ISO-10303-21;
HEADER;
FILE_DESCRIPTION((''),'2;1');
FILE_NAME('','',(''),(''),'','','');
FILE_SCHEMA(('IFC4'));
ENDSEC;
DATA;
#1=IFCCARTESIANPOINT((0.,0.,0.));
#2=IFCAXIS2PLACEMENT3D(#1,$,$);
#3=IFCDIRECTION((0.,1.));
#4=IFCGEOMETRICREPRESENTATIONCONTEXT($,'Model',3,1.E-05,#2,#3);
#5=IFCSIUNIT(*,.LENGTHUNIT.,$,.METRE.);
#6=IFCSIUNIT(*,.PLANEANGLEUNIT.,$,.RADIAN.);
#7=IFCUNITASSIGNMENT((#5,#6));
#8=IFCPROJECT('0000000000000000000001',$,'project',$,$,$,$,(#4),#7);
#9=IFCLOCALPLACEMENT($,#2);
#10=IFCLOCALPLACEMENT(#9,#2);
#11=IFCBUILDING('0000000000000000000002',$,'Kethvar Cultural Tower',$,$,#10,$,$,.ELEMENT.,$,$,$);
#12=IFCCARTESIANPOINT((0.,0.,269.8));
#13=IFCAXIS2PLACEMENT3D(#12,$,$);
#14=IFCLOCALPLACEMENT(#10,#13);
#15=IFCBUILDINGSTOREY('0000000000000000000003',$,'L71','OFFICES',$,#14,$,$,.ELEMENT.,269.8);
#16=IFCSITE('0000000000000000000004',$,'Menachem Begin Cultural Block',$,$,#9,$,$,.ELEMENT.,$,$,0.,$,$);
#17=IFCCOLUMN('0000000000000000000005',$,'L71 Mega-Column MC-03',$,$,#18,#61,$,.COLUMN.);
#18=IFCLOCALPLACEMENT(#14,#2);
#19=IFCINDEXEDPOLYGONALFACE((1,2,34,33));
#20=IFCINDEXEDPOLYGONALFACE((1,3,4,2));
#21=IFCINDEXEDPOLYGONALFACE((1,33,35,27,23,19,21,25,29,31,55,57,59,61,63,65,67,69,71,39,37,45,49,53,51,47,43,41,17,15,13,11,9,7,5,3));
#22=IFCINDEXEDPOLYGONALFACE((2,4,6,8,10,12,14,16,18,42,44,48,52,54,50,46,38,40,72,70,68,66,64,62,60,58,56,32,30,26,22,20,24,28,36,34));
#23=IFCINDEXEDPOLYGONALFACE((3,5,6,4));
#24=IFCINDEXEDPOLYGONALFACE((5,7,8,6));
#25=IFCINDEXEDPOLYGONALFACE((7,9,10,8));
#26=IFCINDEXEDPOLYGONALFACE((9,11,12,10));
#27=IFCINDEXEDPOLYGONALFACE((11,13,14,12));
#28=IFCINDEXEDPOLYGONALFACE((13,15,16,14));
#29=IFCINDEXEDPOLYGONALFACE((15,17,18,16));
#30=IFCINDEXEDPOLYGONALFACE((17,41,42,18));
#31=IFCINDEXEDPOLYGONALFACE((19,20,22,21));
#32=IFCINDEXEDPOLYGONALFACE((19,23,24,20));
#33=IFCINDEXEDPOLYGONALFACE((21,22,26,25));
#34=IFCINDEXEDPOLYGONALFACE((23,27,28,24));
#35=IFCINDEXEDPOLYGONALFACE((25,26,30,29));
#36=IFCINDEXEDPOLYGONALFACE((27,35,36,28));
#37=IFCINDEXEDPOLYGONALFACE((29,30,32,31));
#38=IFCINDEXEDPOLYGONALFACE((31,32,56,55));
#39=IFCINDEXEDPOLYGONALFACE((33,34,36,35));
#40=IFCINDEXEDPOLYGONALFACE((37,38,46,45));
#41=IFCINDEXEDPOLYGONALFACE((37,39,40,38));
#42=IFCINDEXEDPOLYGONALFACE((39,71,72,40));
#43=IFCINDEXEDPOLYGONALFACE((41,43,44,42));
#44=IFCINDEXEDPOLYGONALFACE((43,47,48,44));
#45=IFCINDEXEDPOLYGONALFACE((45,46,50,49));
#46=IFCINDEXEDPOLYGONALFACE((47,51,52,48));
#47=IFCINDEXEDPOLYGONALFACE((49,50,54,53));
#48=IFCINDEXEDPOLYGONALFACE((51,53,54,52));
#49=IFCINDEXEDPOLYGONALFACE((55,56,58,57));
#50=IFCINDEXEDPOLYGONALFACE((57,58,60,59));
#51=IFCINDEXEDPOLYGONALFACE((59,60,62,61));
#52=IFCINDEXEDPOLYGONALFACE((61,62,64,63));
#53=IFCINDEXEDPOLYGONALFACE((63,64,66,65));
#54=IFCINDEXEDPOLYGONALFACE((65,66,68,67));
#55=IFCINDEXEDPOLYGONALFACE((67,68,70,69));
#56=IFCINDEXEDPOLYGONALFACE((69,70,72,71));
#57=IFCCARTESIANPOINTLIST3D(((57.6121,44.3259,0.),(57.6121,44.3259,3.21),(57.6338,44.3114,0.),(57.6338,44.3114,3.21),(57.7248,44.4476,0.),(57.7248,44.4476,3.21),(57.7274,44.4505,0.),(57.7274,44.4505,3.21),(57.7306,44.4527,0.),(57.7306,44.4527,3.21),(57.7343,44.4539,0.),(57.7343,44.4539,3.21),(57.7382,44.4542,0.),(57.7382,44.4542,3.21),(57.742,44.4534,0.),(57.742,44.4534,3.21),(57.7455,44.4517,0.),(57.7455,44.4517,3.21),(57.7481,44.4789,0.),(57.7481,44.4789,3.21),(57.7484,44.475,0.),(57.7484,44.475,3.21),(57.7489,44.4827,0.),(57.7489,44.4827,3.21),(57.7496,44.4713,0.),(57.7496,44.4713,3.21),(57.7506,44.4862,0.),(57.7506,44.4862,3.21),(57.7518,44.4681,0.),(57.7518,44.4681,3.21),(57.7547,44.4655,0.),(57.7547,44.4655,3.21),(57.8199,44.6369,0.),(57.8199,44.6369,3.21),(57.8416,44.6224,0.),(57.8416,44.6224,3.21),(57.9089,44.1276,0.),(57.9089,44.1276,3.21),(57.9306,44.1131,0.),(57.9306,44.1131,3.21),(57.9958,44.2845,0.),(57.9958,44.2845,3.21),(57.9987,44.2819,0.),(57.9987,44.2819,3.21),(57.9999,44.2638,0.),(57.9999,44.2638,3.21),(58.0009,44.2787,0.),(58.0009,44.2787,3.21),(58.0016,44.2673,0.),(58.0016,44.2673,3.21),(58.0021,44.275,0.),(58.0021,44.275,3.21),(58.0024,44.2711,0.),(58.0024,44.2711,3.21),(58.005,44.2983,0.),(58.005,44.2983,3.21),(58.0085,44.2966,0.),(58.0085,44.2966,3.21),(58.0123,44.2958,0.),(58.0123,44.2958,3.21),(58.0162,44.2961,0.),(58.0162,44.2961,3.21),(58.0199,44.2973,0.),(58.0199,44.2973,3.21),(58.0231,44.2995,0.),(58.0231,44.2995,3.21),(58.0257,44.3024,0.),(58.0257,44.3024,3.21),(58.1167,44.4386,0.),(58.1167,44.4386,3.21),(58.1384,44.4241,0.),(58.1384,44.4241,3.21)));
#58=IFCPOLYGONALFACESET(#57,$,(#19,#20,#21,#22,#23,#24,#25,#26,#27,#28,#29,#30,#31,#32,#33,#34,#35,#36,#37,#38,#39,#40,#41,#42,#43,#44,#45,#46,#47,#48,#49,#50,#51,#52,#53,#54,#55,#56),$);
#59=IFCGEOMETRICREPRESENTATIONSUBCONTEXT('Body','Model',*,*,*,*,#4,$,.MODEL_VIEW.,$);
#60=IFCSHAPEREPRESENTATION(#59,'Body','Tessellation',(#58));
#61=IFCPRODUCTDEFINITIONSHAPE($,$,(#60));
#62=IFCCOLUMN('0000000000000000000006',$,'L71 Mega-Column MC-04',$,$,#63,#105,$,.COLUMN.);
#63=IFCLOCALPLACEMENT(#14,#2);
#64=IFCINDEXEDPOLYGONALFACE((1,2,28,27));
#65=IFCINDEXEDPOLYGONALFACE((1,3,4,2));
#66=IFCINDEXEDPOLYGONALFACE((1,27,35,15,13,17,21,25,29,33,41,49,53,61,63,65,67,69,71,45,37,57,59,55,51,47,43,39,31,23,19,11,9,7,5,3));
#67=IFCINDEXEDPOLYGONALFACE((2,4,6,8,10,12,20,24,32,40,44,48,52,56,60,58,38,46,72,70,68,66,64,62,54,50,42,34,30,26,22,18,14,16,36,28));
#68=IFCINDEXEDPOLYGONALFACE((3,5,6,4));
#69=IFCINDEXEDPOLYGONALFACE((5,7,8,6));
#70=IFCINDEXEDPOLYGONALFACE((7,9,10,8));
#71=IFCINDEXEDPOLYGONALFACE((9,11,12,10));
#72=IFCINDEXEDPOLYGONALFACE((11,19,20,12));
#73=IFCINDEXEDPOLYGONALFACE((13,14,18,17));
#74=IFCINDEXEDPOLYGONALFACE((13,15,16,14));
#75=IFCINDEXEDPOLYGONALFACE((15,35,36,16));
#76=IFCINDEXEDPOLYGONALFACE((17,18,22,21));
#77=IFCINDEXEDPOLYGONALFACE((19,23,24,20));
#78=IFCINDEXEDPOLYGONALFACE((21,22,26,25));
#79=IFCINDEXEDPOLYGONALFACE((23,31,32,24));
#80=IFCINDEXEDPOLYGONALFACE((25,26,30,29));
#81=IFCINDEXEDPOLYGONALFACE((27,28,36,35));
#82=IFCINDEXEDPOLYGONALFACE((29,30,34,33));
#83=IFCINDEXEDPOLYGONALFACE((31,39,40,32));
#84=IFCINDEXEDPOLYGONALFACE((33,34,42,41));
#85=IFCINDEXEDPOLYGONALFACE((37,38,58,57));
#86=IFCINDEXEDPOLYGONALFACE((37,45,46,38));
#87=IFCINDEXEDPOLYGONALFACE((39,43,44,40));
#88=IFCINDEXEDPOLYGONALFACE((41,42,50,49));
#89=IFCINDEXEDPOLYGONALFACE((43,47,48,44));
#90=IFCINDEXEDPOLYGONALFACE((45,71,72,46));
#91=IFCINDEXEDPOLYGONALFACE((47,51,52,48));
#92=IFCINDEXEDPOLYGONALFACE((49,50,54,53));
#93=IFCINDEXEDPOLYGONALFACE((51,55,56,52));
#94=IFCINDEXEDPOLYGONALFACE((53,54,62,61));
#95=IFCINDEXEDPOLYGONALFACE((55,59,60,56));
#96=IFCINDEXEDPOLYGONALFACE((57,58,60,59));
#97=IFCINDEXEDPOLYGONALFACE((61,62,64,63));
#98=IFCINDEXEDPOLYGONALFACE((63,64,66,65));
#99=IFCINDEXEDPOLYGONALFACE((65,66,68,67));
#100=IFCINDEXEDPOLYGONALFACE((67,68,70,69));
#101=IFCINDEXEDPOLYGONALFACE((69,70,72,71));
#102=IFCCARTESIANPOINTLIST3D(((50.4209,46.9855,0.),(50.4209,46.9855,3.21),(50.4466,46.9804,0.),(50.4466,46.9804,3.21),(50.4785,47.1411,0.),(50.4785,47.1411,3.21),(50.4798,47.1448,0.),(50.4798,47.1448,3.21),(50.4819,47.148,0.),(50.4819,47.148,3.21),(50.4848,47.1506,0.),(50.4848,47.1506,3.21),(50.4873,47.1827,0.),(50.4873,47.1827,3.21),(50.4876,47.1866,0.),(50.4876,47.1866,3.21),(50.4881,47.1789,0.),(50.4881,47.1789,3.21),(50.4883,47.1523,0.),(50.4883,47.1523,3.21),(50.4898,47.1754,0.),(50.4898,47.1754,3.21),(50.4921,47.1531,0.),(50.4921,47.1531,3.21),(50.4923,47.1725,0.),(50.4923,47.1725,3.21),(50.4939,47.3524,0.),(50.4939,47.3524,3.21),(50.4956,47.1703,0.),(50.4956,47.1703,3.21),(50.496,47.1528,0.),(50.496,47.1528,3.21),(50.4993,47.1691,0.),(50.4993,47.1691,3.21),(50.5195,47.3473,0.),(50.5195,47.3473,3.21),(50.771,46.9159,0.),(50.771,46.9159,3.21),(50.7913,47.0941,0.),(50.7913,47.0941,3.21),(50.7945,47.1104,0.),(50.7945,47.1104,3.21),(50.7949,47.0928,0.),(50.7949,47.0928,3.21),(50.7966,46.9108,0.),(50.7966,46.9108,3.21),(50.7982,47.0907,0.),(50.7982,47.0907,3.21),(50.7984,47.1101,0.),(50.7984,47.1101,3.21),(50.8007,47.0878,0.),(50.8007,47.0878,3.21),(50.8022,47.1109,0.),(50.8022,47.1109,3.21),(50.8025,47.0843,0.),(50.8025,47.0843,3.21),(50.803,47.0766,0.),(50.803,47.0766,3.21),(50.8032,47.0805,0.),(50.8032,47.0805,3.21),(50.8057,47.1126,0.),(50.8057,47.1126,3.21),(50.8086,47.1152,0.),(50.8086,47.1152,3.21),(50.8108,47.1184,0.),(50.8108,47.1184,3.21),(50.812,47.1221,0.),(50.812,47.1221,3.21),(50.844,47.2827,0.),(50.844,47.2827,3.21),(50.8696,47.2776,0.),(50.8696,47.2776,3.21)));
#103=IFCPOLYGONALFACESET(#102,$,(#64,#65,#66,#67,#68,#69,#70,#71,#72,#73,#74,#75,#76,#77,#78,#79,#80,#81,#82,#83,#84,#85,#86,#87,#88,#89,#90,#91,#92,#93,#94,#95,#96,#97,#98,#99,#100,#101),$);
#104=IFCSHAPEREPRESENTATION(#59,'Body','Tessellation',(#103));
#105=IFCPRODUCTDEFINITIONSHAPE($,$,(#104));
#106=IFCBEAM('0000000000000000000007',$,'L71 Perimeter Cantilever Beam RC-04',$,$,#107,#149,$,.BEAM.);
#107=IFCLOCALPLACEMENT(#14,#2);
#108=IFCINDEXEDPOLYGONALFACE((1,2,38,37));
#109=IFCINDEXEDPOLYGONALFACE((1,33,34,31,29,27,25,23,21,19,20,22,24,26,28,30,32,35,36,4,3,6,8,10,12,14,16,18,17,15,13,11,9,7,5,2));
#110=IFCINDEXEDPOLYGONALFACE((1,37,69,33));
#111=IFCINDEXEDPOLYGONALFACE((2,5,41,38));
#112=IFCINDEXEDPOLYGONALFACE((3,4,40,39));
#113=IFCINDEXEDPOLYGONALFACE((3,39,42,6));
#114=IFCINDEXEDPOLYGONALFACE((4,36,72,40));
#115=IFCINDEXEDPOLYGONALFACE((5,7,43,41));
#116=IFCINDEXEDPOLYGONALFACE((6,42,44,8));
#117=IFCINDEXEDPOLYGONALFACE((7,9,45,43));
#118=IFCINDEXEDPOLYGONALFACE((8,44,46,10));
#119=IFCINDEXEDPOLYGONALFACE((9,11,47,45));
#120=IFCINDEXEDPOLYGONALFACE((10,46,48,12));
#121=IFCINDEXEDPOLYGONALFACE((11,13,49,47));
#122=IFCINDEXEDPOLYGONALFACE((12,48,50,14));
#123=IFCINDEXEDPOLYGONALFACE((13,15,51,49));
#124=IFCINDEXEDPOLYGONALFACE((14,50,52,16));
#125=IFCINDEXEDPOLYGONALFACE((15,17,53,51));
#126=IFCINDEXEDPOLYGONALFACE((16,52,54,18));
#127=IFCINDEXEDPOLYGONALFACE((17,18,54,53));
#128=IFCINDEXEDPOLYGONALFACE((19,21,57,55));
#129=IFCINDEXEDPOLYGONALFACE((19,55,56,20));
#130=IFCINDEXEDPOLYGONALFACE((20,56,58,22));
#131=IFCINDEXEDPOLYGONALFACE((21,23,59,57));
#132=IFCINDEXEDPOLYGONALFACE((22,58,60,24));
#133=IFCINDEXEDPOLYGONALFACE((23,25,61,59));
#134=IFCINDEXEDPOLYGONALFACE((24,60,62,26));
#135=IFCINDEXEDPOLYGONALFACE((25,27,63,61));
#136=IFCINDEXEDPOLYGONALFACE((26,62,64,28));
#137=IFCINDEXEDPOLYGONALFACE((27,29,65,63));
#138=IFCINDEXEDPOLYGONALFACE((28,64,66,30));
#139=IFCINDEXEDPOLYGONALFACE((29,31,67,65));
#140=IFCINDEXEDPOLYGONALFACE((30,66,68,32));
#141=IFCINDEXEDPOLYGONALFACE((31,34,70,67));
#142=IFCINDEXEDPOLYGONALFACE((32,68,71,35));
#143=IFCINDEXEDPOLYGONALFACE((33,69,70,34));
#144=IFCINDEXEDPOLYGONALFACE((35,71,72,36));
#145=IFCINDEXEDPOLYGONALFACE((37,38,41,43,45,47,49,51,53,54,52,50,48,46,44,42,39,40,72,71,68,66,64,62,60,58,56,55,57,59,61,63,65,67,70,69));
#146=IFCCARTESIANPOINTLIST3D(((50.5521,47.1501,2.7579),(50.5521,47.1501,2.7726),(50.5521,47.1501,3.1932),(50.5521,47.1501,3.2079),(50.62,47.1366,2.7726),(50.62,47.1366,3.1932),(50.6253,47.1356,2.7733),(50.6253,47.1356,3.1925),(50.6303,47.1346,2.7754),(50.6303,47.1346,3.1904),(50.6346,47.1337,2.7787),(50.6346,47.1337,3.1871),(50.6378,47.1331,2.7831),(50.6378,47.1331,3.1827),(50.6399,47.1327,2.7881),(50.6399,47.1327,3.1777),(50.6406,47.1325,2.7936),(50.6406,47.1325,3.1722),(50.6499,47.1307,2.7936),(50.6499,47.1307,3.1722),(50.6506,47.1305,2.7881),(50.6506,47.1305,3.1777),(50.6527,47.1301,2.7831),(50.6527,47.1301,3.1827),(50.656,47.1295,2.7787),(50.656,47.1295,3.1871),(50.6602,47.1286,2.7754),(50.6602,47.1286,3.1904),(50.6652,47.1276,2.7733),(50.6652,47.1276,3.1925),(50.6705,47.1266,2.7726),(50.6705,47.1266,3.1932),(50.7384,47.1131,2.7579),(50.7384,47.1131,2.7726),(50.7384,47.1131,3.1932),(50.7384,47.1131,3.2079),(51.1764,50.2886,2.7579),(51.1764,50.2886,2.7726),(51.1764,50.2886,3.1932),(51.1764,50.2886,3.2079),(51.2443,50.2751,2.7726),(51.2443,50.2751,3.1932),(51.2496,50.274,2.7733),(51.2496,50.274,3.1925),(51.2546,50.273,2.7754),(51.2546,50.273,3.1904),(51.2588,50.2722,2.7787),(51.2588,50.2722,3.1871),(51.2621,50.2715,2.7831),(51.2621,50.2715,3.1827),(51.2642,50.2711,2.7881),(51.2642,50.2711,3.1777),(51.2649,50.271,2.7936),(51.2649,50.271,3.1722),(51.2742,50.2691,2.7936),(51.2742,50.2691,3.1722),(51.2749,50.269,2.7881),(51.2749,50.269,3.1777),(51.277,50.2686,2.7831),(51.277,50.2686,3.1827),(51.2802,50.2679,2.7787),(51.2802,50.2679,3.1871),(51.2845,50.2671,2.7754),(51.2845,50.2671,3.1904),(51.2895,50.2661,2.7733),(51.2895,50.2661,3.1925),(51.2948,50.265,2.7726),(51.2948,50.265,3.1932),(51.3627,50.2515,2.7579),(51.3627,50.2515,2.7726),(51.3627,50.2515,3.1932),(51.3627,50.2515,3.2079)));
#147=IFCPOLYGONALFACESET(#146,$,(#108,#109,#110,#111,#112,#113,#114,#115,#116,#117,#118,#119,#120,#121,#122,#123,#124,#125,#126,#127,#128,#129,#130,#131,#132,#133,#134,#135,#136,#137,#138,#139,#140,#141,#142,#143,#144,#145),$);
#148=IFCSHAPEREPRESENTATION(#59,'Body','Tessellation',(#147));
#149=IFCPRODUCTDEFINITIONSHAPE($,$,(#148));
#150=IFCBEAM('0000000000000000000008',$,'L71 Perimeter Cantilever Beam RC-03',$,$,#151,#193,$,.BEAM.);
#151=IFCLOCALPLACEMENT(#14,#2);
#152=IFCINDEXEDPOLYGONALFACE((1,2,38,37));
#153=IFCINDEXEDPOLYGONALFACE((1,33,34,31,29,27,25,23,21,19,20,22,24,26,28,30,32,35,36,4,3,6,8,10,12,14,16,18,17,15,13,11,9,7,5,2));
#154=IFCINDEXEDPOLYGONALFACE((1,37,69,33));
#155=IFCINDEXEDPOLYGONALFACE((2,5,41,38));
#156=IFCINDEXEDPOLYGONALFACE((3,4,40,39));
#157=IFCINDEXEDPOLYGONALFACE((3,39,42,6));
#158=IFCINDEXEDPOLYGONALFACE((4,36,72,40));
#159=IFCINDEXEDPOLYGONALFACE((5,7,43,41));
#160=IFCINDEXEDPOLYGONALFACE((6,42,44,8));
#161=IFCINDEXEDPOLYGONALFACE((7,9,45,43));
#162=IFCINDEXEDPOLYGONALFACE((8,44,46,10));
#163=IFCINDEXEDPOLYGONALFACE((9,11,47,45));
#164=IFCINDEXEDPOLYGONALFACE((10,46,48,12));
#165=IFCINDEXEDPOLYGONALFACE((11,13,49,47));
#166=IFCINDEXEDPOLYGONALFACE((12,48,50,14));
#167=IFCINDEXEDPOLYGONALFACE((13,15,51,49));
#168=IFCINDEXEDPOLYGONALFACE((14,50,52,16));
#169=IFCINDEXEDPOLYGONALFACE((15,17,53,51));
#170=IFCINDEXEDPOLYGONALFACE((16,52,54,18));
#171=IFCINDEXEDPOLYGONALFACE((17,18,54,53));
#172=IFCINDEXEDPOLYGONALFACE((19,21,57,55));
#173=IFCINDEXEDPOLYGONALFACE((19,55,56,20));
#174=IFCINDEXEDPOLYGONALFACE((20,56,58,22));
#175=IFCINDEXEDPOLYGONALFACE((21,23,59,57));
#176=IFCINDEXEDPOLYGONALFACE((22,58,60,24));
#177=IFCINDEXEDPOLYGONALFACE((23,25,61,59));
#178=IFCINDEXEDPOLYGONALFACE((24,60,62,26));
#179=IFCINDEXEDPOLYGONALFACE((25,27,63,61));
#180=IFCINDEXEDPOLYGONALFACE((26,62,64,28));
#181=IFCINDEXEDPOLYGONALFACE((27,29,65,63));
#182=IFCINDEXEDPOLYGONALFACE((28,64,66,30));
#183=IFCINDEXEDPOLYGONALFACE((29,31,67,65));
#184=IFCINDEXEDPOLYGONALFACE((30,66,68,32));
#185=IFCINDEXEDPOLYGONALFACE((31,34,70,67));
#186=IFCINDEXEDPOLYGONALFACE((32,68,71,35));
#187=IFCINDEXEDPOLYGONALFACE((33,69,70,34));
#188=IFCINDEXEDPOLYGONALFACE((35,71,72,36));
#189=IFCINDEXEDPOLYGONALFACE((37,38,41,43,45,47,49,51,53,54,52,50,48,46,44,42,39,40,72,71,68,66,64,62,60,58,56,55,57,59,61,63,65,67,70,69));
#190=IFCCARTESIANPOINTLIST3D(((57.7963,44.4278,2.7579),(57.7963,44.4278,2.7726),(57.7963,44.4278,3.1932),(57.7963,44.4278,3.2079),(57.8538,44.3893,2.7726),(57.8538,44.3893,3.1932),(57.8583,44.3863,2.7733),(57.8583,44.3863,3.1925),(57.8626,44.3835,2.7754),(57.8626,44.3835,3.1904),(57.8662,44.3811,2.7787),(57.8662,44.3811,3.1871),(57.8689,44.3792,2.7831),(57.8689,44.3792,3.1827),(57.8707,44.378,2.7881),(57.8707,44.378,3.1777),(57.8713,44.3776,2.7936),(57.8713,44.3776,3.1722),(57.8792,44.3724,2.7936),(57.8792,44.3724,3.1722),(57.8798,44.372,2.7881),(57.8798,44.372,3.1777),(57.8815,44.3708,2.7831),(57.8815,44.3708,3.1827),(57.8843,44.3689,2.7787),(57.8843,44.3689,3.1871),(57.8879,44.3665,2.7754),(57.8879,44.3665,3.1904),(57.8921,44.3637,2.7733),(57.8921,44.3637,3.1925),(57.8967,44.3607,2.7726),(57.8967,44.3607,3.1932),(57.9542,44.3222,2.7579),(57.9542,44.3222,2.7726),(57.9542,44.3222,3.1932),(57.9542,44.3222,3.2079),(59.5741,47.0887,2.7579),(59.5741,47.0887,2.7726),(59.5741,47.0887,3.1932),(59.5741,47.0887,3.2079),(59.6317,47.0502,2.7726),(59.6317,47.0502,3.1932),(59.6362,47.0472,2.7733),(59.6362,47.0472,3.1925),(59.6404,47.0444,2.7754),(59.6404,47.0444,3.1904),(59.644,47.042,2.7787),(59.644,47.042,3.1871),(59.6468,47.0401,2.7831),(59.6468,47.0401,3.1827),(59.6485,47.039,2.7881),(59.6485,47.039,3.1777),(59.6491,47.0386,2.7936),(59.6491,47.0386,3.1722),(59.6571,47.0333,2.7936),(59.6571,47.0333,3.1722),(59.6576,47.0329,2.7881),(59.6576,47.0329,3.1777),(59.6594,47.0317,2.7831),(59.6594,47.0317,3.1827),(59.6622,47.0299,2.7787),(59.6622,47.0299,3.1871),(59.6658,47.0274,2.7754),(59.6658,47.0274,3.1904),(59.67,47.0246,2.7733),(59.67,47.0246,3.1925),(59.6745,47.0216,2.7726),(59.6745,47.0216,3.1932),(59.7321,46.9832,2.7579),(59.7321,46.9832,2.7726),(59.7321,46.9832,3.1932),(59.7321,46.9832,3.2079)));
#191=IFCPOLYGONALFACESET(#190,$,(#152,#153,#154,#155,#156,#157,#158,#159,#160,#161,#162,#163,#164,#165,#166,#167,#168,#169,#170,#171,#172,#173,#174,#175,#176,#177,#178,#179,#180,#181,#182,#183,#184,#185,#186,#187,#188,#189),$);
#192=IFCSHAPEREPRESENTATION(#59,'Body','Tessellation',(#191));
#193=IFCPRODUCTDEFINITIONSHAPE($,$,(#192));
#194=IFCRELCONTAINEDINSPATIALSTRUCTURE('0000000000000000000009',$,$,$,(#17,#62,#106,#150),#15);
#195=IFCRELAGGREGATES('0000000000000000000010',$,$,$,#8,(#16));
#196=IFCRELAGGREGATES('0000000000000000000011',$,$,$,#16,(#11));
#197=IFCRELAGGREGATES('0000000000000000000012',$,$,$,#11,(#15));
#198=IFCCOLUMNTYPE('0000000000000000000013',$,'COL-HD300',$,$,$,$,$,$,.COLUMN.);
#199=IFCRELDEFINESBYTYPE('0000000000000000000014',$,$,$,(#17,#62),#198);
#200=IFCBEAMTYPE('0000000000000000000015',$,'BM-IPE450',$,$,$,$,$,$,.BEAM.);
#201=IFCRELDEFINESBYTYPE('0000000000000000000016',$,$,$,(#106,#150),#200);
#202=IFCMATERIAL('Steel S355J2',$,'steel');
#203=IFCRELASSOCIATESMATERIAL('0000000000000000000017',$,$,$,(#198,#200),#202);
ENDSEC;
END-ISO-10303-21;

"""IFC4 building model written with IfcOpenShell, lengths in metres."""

from ifc_helpers import new_model, si_unit, direction, frame, origin, origin_2d, place, context, subcontext, project, spatial, i_section, extrude, source, transform, mapped, material, material_profile, profile_set, type_object, element, save


model = new_model("IFC4")

# Units and contexts
model_context = context("Model", 3, precision=1e-05, world=origin(), true_north=direction((0.0, 1.0)))
body_context = subcontext(model_context, "Body", "Model", "MODEL_VIEW")
ifc_project = project(units=[si_unit("LENGTHUNIT", "METRE"), si_unit("PLANEANGLEUNIT", "RADIAN")], contexts=[model_context])

# Site, building, storey
site_placement = place(None, origin())
site = spatial("IfcSite", under=ifc_project, at=site_placement, Name="Menachem Begin Cultural Block", CompositionType="ELEMENT", RefElevation=0.0)
building_placement = place(site_placement, origin())
building = spatial("IfcBuilding", under=site, at=building_placement, Name="Kethvar Cultural Tower", CompositionType="ELEMENT")
storey_placement = place(building_placement, frame((0.0, 0.0, 269.8)))
storey = spatial("IfcBuildingStorey", under=building, at=storey_placement, Name="L71", Description="OFFICES", CompositionType="ELEMENT", Elevation=269.8)

# Columns
ifc_material_1 = material(Name="Steel S355J2", Category="steel")
ifc_material_profile_1 = material_profile(ifc_material_1, i_section(OverallWidth=0.374, OverallDepth=0.3831, WebThickness=0.0166, FlangeThickness=0.0261, FilletRadius=0.0149, at=origin_2d()), Name="Steel S355J2 — HD360x300")
ifc_profile_set_1 = profile_set([ifc_material_profile_1], Name="Steel S355J2 — HD360x300")
column_type = type_object("IfcColumnType", Name="COL-HD300", PredefinedType="COLUMN", material=ifc_profile_set_1)
shared_shape_1 = source(origin(), body_context, "Body", "SweptSolid", [
    extrude(i_section(OverallWidth=0.374, OverallDepth=0.3831, WebThickness=0.0166, FlangeThickness=0.0261, FilletRadius=0.0149, at=origin_2d()), origin(), (0.0, 0.0, 1.0), 3.21),
])
for number, where, z_axis, x_axis, name in (
    (1, (57.8752, 44.375, 0.0), (0.0, 0.0, 1.0), (0.55557, 0.83147, 0.0), "L71 Mega-Column MC-03"),
    (2, (50.6453, 47.1316, 0.0), (0.0, 0.0, 1.0), (0.19509, 0.980785, 0.0), "L71 Mega-Column MC-04"),
):
    element("IfcColumn", number, at=place(storey_placement, frame(where, z_axis=z_axis, x_axis=x_axis)), inside=storey, type_object=column_type, Name=name, PredefinedType="COLUMN", context=body_context, shape_type="MappedRepresentation", body=[
        mapped(shared_shape_1, transform((0.0, 0.0, 0.0), scale=1.0)),
    ])

# Beams
ifc_material_profile_2 = material_profile(ifc_material_1, i_section(OverallWidth=0.1899, OverallDepth=0.45, WebThickness=0.0095, FlangeThickness=0.0146, FilletRadius=0.021, at=origin_2d()), Name="Steel S355J2 — IPE450")
ifc_profile_set_2 = profile_set([ifc_material_profile_2], Name="Steel S355J2 — IPE450")
beam_type_1 = type_object("IfcBeamType", Name="BM-IPE450", PredefinedType="BEAM", material=ifc_profile_set_2)
shared_shape_2 = source(origin(), body_context, "Body", "SweptSolid", [
    extrude(i_section(OverallWidth=0.1899, OverallDepth=0.45, WebThickness=0.0095, FlangeThickness=0.0146, FilletRadius=0.021, at=origin_2d()), origin(), (0.0, 0.0, 1.0), 3.2),
])
beam_1_placement = place(storey_placement, frame((50.6453, 47.1316, 2.9829), z_axis=(0.195089, 0.980786, 0.0), x_axis=(-0.980786, 0.195089, 0.0)))
element("IfcBeam", 3, at=beam_1_placement, inside=storey, type_object=beam_type_1, Name="L71 Perimeter Cantilever Beam RC-04", PredefinedType="BEAM", context=body_context, shape_type="MappedRepresentation", body=[
    mapped(shared_shape_2, transform((0.0, 0.0, 0.0), scale=1.0)),
])
shared_shape_3 = source(origin(), body_context, "Body", "SweptSolid", [
    extrude(i_section(OverallWidth=0.1899, OverallDepth=0.45, WebThickness=0.0095, FlangeThickness=0.0146, FilletRadius=0.021, at=origin_2d()), origin(), (0.0, 0.0, 1.0), 3.2002),
])
beam_2_placement = place(storey_placement, frame((57.8752, 44.375, 2.9829), z_axis=(0.555545, 0.831486, 0.0), x_axis=(-0.831486, 0.555545, 0.0)))
element("IfcBeam", 4, at=beam_2_placement, inside=storey, type_object=beam_type_1, Name="L71 Perimeter Cantilever Beam RC-03", PredefinedType="BEAM", context=body_context, shape_type="MappedRepresentation", body=[
    mapped(shared_shape_3, transform((0.0, 0.0, 0.0), scale=1.0)),
])

save(model, "model.ifc")
